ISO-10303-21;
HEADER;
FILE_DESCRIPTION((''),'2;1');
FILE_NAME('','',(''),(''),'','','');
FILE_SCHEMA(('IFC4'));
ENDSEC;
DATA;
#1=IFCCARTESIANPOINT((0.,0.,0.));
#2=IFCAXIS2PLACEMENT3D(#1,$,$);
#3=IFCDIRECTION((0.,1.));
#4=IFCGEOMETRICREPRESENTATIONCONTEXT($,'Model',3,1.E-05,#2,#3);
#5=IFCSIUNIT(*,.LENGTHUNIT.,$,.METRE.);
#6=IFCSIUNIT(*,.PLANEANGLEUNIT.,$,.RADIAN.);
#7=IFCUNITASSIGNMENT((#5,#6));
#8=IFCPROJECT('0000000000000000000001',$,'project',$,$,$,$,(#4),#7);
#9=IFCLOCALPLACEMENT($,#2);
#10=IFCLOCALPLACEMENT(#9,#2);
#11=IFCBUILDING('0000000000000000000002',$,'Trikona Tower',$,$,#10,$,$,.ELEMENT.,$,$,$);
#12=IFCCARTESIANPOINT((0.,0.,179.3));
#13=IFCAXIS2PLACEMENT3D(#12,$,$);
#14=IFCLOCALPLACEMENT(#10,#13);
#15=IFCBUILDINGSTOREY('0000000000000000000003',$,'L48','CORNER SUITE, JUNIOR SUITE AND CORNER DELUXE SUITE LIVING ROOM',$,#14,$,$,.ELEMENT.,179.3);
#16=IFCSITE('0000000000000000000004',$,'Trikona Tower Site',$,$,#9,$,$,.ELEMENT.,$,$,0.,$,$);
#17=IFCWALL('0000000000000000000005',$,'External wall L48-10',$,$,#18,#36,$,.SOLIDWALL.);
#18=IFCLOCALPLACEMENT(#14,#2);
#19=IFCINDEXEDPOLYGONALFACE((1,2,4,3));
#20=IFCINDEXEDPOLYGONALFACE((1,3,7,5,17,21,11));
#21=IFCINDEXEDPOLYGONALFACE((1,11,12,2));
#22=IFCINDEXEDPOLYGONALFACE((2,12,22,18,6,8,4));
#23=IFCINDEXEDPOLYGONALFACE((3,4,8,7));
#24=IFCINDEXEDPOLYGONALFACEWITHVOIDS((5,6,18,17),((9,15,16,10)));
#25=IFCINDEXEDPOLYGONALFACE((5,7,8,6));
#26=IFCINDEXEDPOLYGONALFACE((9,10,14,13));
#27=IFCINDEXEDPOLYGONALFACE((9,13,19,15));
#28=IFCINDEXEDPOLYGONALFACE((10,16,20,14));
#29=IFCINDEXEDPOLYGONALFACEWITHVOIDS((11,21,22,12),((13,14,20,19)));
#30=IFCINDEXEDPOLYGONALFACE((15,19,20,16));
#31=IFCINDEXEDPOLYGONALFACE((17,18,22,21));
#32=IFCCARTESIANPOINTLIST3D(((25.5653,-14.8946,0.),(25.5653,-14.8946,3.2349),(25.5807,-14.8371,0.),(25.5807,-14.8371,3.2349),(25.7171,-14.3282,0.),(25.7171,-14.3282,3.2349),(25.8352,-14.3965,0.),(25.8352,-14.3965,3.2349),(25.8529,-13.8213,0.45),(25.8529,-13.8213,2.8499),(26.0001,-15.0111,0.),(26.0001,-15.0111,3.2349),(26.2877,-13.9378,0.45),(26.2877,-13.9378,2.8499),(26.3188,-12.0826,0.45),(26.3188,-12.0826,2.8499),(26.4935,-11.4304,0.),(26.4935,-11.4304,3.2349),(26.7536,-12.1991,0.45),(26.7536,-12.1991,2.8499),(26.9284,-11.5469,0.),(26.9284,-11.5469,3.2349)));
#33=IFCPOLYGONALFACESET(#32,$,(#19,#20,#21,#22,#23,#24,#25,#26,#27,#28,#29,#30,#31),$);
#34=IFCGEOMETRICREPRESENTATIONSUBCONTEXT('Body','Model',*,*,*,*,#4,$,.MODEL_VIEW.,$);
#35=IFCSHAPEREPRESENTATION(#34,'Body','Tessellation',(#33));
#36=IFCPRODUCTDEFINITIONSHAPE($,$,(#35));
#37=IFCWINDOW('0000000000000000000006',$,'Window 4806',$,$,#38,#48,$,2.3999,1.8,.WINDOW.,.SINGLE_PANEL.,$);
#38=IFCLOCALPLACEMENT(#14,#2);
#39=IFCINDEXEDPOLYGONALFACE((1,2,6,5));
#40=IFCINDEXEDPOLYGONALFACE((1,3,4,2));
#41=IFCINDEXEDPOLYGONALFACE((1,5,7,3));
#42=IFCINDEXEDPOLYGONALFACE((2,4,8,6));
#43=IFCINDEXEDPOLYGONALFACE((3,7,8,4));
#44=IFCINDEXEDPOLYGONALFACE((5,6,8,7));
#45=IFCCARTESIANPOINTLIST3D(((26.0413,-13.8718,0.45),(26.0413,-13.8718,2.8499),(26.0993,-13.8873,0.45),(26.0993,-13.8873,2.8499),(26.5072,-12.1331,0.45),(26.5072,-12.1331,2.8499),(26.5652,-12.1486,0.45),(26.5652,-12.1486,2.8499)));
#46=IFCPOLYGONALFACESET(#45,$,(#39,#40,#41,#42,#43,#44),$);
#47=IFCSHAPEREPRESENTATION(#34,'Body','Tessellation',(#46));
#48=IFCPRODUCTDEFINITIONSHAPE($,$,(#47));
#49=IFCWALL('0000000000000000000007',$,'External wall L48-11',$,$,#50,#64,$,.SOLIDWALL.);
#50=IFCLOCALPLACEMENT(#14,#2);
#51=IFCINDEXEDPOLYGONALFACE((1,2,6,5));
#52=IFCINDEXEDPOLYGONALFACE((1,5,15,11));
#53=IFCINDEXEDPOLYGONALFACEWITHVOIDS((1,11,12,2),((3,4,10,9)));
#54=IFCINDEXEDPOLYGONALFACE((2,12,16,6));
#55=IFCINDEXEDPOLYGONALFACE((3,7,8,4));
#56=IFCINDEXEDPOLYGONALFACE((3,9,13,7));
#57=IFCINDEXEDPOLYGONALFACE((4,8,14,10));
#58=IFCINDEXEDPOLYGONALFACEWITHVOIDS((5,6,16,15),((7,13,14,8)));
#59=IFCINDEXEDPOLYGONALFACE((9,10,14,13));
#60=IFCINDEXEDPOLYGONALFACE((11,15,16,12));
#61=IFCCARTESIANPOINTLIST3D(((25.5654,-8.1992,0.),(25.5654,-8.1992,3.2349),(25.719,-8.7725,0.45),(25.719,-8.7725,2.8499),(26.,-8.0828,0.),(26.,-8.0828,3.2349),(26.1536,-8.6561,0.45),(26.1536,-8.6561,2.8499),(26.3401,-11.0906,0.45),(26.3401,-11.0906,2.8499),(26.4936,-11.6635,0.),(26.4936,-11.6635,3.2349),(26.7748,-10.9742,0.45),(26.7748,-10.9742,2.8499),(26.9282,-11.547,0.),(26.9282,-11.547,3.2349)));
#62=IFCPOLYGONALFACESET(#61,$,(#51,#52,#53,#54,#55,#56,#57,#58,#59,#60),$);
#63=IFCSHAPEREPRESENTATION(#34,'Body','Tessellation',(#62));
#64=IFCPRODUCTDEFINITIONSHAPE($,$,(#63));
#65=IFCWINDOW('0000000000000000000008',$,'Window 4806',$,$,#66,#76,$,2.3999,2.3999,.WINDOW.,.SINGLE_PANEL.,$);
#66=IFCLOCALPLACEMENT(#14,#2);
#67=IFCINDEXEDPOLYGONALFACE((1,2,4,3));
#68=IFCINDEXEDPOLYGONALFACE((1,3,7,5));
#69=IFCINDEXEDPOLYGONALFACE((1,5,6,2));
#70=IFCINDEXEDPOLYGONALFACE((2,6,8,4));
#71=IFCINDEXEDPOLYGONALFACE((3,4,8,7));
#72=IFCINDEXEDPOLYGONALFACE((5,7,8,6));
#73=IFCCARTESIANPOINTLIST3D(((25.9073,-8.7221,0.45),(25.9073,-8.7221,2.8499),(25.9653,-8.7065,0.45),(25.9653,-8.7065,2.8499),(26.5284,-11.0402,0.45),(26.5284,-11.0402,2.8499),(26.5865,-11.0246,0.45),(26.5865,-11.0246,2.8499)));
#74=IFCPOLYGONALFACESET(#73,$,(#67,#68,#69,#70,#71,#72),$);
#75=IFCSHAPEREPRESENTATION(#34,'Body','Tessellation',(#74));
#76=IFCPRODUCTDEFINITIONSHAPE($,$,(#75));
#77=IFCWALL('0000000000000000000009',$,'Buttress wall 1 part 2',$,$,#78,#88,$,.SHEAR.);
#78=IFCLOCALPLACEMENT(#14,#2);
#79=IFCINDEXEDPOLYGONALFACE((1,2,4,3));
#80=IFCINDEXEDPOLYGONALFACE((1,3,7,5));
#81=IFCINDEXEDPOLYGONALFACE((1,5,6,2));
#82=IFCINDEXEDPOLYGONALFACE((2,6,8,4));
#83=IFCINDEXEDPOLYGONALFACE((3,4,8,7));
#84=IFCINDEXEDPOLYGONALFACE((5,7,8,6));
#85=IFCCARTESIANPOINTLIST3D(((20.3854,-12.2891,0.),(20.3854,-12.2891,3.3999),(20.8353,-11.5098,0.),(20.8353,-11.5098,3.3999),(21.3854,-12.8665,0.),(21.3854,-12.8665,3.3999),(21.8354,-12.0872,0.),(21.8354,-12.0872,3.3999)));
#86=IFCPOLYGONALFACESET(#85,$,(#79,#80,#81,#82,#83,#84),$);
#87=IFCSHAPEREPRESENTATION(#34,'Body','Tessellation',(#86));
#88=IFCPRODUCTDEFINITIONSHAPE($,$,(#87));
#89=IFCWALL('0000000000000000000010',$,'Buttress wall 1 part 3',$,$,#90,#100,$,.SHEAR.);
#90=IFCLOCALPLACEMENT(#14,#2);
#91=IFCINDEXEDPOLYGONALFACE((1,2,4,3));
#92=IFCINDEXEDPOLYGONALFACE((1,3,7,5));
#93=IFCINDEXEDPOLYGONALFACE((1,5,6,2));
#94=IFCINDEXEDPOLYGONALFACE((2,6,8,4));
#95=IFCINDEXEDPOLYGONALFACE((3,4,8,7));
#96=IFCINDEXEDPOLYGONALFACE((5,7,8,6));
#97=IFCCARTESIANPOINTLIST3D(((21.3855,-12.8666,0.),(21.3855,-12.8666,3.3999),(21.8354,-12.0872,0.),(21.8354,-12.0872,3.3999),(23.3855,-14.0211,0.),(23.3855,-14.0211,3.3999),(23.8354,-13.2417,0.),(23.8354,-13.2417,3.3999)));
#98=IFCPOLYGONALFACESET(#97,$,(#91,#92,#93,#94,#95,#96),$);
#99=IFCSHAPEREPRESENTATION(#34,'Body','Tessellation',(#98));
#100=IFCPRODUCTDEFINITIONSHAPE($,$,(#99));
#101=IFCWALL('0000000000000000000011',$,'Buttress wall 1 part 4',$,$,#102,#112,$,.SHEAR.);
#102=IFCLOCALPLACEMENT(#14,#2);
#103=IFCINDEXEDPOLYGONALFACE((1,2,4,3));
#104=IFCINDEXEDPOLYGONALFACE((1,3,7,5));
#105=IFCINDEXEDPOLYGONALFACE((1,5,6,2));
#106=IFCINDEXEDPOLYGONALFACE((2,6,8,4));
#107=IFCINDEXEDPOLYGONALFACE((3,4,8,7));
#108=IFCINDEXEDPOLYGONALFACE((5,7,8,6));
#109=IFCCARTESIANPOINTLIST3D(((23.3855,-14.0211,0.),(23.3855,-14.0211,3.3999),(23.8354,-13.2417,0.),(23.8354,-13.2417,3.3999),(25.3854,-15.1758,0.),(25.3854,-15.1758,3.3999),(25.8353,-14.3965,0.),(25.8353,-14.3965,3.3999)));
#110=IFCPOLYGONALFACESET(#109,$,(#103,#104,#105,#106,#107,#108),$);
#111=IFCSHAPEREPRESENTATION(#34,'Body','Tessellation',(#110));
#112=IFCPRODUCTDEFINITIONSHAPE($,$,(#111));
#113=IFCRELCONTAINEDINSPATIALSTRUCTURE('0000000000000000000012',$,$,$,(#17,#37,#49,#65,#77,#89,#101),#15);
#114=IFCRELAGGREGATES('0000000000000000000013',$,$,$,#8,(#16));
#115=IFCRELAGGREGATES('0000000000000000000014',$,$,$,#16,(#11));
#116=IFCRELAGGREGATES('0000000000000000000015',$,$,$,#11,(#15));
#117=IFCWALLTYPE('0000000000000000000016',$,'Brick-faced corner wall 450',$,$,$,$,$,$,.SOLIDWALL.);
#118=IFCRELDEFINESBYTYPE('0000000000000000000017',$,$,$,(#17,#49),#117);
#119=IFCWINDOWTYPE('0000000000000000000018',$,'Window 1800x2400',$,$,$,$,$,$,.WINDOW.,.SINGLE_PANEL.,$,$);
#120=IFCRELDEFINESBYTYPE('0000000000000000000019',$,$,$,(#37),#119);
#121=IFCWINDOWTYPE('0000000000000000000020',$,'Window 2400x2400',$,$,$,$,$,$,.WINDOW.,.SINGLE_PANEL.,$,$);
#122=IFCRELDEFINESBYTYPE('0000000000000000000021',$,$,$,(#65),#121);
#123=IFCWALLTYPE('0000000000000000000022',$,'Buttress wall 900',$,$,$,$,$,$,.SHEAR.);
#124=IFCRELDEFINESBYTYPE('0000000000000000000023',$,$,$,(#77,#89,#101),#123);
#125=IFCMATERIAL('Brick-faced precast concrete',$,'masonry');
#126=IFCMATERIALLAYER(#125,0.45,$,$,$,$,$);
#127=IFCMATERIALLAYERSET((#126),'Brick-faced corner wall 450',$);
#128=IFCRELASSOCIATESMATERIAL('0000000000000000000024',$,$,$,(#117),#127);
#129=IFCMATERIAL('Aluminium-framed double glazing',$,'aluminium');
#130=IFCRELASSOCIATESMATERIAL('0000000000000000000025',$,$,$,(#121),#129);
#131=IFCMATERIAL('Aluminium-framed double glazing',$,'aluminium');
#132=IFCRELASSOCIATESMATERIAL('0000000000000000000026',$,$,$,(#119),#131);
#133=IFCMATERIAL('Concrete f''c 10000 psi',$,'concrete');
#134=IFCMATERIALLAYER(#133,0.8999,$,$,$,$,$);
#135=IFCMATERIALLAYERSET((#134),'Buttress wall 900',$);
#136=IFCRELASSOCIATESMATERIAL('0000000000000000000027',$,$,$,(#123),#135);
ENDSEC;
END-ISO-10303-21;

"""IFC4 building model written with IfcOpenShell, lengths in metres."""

from ifc_helpers import new_model, si_unit, direction, frame, frame_2d, origin, place, context, subcontext, project, spatial, polyline, rectangle, outline, extrude, material, layer, layer_set, type_object, element, fill, save


model = new_model("IFC4")

# Units and contexts
model_context = context("Model", 3, precision=1e-05, world=origin(), true_north=direction((0.0, 1.0)))
body_context = subcontext(model_context, "Body", "Model", "MODEL_VIEW")
ifc_project = project(units=[si_unit("LENGTHUNIT", "METRE"), si_unit("PLANEANGLEUNIT", "RADIAN")], contexts=[model_context])

# Site, building, storey
site_placement = place(None, origin())
site = spatial("IfcSite", under=ifc_project, at=site_placement, Name="Trikona Tower Site", CompositionType="ELEMENT", RefElevation=0.0)
building_placement = place(site_placement, origin())
building = spatial("IfcBuilding", under=site, at=building_placement, Name="Trikona Tower", CompositionType="ELEMENT")
storey_placement = place(building_placement, frame((0.0, 0.0, 179.3)))
storey = spatial("IfcBuildingStorey", under=building, at=storey_placement, Name="L48", Description="CORNER SUITE, JUNIOR SUITE AND CORNER DELUXE SUITE LIVING ROOM", CompositionType="ELEMENT", Elevation=179.3)

# Walls, openings, windows
ifc_material_1 = material(Name="Brick-faced precast concrete", Category="masonry")
ifc_layer_1 = layer(ifc_material_1, 0.45)
ifc_layer_set_1 = layer_set([ifc_layer_1], Name="Brick-faced corner wall 450")
wall_type_1 = type_object("IfcWallType", Name="Brick-faced corner wall 450", PredefinedType="SOLIDWALL", material=ifc_layer_set_1)
ifc_material_2 = material(Name="Aluminium-framed double glazing", Category="aluminium")
window_type_1 = type_object("IfcWindowType", Name="Window 2400x2400", PartitioningType="SINGLE_PANEL", PredefinedType="WINDOW", material=ifc_material_2)
ifc_material_3 = material(Name="Aluminium-framed double glazing", Category="aluminium")
window_type_2 = type_object("IfcWindowType", Name="Window 1800x2400", PartitioningType="SINGLE_PANEL", PredefinedType="WINDOW", material=ifc_material_3)
wall_1_placement = place(storey_placement, frame((25.7827, -14.9529, 0.0), z_axis=(0.0, 0.0, 1.0), x_axis=(0.258823, 0.965925, 0.0)))
wall_1 = element("IfcWall", 1, at=wall_1_placement, inside=storey, type_object=wall_type_1, Name="External wall L48-10", PredefinedType="SOLIDWALL", context=body_context, shape_type="SweptSolid", body=[
    extrude(outline(polyline([(3.5864, 0.2251), (0.5864, 0.2251), (0.551, 0.0933), (0.0596, 0.2251), (0.0, 0.2251), (0.0, -0.2251), (3.5864, -0.2251), (3.5864, 0.2251)])), origin(), (0.0, 0.0, 1.0), 3.2349),
])
opening_1_placement = place(wall_1_placement, frame((1.1113, 0.0, 0.45)))
opening_1 = element("IfcOpeningElement", 2, at=opening_1_placement, cuts=wall_1, PredefinedType="OPENING", context=body_context, shape_type="SweptSolid", body=[
    extrude(rectangle(XDim=1.8, YDim=2.3999, at=frame_2d((0.8999, 1.2))), frame((0.0, 0.2349, 0.0), z_axis=(0.0, -1.0, 0.0), x_axis=(1.0, 0.0, 0.0)), (0.0, 0.0, 1.0), 0.47),
])
window_1_placement = place(opening_1_placement, origin())
window_1 = element("IfcWindow", 3, at=window_1_placement, inside=storey, type_object=window_type_2, Name="Window 4806", OverallHeight=2.3999, OverallWidth=1.8, PartitioningType="SINGLE_PANEL", PredefinedType="WINDOW", context=body_context, shape_type="SweptSolid", body=[
    extrude(rectangle(XDim=1.8, YDim=2.3999, at=frame_2d((0.8999, 1.2))), frame((0.0, 0.03, 0.0), z_axis=(0.0, -1.0, 0.0), x_axis=(1.0, 0.0, 0.0)), (0.0, 0.0, 1.0), 0.0601),
])
fill(opening_1, window_1)
wall_2_placement = place(storey_placement, frame((26.7109, -11.6052, 0.0), z_axis=(0.0, 0.0, 1.0), x_axis=(-0.258823, 0.965925, 0.0)))
wall_2 = element("IfcWall", 4, at=wall_2_placement, inside=storey, type_object=wall_type_1, Name="External wall L48-11", PredefinedType="SOLIDWALL", context=body_context, shape_type="SweptSolid", body=[
    extrude(rectangle(XDim=3.5864, YDim=0.45, at=frame_2d((1.7932, 0.0))), origin(), (0.0, 0.0, 1.0), 3.2349),
])
opening_2_placement = place(wall_2_placement, frame((0.593, 0.0, 0.45)))
opening_2 = element("IfcOpeningElement", 5, at=opening_2_placement, cuts=wall_2, PredefinedType="OPENING", context=body_context, shape_type="SweptSolid", body=[
    extrude(rectangle(XDim=2.3999, YDim=2.3999, at=frame_2d((1.2, 1.2))), frame((0.0, 0.2349, 0.0), z_axis=(0.0, -1.0, 0.0), x_axis=(1.0, 0.0, 0.0)), (0.0, 0.0, 1.0), 0.47),
])
window_2_placement = place(opening_2_placement, origin())
window_2 = element("IfcWindow", 6, at=window_2_placement, inside=storey, type_object=window_type_1, Name="Window 4806", OverallHeight=2.3999, OverallWidth=2.3999, PartitioningType="SINGLE_PANEL", PredefinedType="WINDOW", context=body_context, shape_type="SweptSolid", body=[
    extrude(rectangle(XDim=2.3999, YDim=2.3999, at=frame_2d((1.2, 1.2))), frame((0.0, 0.03, 0.0), z_axis=(0.0, -1.0, 0.0), x_axis=(1.0, 0.0, 0.0)), (0.0, 0.0, 1.0), 0.0601),
])
fill(opening_2, window_2)

# Walls
ifc_material_4 = material(Name="Concrete f'c 10000 psi", Category="concrete")
ifc_layer_2 = layer(ifc_material_4, 0.8999)
ifc_layer_set_2 = layer_set([ifc_layer_2], Name="Buttress wall 900")
wall_type_2 = type_object("IfcWallType", Name="Buttress wall 900", PredefinedType="SHEAR", material=ifc_layer_set_2)
wall_3_placement = place(storey_placement, frame((20.6104, -11.8994, 0.0), z_axis=(0.0, 0.0, 1.0), x_axis=(0.86601, -0.500027, 0.0)))
element("IfcWall", 7, at=wall_3_placement, inside=storey, type_object=wall_type_2, Name="Buttress wall 1 part 2", PredefinedType="SHEAR", context=body_context, shape_type="SweptSolid", body=[
    extrude(rectangle(XDim=1.1548, YDim=0.8999, at=frame_2d((0.5774, 0.0))), origin(), (0.0, 0.0, 1.0), 3.3999),
])
for number, where, z_axis, x_axis, name in (
    (8, (21.6104, -12.4768, 0.0), (0.0, 0.0, 1.0), (0.866055, -0.499948, 0.0), "Buttress wall 1 part 3"),
    (9, (23.6104, -13.6313, 0.0), (0.0, 0.0, 1.0), (0.86601, -0.500027, 0.0), "Buttress wall 1 part 4"),
):
    element("IfcWall", number, at=place(storey_placement, frame(where, z_axis=z_axis, x_axis=x_axis)), inside=storey, type_object=wall_type_2, Name=name, PredefinedType="SHEAR", context=body_context, shape_type="SweptSolid", body=[
        extrude(rectangle(XDim=2.3093, YDim=0.8999, at=frame_2d((1.1548, 0.0))), origin(), (0.0, 0.0, 1.0), 3.3999),
    ])

save(model, "model.ifc")
